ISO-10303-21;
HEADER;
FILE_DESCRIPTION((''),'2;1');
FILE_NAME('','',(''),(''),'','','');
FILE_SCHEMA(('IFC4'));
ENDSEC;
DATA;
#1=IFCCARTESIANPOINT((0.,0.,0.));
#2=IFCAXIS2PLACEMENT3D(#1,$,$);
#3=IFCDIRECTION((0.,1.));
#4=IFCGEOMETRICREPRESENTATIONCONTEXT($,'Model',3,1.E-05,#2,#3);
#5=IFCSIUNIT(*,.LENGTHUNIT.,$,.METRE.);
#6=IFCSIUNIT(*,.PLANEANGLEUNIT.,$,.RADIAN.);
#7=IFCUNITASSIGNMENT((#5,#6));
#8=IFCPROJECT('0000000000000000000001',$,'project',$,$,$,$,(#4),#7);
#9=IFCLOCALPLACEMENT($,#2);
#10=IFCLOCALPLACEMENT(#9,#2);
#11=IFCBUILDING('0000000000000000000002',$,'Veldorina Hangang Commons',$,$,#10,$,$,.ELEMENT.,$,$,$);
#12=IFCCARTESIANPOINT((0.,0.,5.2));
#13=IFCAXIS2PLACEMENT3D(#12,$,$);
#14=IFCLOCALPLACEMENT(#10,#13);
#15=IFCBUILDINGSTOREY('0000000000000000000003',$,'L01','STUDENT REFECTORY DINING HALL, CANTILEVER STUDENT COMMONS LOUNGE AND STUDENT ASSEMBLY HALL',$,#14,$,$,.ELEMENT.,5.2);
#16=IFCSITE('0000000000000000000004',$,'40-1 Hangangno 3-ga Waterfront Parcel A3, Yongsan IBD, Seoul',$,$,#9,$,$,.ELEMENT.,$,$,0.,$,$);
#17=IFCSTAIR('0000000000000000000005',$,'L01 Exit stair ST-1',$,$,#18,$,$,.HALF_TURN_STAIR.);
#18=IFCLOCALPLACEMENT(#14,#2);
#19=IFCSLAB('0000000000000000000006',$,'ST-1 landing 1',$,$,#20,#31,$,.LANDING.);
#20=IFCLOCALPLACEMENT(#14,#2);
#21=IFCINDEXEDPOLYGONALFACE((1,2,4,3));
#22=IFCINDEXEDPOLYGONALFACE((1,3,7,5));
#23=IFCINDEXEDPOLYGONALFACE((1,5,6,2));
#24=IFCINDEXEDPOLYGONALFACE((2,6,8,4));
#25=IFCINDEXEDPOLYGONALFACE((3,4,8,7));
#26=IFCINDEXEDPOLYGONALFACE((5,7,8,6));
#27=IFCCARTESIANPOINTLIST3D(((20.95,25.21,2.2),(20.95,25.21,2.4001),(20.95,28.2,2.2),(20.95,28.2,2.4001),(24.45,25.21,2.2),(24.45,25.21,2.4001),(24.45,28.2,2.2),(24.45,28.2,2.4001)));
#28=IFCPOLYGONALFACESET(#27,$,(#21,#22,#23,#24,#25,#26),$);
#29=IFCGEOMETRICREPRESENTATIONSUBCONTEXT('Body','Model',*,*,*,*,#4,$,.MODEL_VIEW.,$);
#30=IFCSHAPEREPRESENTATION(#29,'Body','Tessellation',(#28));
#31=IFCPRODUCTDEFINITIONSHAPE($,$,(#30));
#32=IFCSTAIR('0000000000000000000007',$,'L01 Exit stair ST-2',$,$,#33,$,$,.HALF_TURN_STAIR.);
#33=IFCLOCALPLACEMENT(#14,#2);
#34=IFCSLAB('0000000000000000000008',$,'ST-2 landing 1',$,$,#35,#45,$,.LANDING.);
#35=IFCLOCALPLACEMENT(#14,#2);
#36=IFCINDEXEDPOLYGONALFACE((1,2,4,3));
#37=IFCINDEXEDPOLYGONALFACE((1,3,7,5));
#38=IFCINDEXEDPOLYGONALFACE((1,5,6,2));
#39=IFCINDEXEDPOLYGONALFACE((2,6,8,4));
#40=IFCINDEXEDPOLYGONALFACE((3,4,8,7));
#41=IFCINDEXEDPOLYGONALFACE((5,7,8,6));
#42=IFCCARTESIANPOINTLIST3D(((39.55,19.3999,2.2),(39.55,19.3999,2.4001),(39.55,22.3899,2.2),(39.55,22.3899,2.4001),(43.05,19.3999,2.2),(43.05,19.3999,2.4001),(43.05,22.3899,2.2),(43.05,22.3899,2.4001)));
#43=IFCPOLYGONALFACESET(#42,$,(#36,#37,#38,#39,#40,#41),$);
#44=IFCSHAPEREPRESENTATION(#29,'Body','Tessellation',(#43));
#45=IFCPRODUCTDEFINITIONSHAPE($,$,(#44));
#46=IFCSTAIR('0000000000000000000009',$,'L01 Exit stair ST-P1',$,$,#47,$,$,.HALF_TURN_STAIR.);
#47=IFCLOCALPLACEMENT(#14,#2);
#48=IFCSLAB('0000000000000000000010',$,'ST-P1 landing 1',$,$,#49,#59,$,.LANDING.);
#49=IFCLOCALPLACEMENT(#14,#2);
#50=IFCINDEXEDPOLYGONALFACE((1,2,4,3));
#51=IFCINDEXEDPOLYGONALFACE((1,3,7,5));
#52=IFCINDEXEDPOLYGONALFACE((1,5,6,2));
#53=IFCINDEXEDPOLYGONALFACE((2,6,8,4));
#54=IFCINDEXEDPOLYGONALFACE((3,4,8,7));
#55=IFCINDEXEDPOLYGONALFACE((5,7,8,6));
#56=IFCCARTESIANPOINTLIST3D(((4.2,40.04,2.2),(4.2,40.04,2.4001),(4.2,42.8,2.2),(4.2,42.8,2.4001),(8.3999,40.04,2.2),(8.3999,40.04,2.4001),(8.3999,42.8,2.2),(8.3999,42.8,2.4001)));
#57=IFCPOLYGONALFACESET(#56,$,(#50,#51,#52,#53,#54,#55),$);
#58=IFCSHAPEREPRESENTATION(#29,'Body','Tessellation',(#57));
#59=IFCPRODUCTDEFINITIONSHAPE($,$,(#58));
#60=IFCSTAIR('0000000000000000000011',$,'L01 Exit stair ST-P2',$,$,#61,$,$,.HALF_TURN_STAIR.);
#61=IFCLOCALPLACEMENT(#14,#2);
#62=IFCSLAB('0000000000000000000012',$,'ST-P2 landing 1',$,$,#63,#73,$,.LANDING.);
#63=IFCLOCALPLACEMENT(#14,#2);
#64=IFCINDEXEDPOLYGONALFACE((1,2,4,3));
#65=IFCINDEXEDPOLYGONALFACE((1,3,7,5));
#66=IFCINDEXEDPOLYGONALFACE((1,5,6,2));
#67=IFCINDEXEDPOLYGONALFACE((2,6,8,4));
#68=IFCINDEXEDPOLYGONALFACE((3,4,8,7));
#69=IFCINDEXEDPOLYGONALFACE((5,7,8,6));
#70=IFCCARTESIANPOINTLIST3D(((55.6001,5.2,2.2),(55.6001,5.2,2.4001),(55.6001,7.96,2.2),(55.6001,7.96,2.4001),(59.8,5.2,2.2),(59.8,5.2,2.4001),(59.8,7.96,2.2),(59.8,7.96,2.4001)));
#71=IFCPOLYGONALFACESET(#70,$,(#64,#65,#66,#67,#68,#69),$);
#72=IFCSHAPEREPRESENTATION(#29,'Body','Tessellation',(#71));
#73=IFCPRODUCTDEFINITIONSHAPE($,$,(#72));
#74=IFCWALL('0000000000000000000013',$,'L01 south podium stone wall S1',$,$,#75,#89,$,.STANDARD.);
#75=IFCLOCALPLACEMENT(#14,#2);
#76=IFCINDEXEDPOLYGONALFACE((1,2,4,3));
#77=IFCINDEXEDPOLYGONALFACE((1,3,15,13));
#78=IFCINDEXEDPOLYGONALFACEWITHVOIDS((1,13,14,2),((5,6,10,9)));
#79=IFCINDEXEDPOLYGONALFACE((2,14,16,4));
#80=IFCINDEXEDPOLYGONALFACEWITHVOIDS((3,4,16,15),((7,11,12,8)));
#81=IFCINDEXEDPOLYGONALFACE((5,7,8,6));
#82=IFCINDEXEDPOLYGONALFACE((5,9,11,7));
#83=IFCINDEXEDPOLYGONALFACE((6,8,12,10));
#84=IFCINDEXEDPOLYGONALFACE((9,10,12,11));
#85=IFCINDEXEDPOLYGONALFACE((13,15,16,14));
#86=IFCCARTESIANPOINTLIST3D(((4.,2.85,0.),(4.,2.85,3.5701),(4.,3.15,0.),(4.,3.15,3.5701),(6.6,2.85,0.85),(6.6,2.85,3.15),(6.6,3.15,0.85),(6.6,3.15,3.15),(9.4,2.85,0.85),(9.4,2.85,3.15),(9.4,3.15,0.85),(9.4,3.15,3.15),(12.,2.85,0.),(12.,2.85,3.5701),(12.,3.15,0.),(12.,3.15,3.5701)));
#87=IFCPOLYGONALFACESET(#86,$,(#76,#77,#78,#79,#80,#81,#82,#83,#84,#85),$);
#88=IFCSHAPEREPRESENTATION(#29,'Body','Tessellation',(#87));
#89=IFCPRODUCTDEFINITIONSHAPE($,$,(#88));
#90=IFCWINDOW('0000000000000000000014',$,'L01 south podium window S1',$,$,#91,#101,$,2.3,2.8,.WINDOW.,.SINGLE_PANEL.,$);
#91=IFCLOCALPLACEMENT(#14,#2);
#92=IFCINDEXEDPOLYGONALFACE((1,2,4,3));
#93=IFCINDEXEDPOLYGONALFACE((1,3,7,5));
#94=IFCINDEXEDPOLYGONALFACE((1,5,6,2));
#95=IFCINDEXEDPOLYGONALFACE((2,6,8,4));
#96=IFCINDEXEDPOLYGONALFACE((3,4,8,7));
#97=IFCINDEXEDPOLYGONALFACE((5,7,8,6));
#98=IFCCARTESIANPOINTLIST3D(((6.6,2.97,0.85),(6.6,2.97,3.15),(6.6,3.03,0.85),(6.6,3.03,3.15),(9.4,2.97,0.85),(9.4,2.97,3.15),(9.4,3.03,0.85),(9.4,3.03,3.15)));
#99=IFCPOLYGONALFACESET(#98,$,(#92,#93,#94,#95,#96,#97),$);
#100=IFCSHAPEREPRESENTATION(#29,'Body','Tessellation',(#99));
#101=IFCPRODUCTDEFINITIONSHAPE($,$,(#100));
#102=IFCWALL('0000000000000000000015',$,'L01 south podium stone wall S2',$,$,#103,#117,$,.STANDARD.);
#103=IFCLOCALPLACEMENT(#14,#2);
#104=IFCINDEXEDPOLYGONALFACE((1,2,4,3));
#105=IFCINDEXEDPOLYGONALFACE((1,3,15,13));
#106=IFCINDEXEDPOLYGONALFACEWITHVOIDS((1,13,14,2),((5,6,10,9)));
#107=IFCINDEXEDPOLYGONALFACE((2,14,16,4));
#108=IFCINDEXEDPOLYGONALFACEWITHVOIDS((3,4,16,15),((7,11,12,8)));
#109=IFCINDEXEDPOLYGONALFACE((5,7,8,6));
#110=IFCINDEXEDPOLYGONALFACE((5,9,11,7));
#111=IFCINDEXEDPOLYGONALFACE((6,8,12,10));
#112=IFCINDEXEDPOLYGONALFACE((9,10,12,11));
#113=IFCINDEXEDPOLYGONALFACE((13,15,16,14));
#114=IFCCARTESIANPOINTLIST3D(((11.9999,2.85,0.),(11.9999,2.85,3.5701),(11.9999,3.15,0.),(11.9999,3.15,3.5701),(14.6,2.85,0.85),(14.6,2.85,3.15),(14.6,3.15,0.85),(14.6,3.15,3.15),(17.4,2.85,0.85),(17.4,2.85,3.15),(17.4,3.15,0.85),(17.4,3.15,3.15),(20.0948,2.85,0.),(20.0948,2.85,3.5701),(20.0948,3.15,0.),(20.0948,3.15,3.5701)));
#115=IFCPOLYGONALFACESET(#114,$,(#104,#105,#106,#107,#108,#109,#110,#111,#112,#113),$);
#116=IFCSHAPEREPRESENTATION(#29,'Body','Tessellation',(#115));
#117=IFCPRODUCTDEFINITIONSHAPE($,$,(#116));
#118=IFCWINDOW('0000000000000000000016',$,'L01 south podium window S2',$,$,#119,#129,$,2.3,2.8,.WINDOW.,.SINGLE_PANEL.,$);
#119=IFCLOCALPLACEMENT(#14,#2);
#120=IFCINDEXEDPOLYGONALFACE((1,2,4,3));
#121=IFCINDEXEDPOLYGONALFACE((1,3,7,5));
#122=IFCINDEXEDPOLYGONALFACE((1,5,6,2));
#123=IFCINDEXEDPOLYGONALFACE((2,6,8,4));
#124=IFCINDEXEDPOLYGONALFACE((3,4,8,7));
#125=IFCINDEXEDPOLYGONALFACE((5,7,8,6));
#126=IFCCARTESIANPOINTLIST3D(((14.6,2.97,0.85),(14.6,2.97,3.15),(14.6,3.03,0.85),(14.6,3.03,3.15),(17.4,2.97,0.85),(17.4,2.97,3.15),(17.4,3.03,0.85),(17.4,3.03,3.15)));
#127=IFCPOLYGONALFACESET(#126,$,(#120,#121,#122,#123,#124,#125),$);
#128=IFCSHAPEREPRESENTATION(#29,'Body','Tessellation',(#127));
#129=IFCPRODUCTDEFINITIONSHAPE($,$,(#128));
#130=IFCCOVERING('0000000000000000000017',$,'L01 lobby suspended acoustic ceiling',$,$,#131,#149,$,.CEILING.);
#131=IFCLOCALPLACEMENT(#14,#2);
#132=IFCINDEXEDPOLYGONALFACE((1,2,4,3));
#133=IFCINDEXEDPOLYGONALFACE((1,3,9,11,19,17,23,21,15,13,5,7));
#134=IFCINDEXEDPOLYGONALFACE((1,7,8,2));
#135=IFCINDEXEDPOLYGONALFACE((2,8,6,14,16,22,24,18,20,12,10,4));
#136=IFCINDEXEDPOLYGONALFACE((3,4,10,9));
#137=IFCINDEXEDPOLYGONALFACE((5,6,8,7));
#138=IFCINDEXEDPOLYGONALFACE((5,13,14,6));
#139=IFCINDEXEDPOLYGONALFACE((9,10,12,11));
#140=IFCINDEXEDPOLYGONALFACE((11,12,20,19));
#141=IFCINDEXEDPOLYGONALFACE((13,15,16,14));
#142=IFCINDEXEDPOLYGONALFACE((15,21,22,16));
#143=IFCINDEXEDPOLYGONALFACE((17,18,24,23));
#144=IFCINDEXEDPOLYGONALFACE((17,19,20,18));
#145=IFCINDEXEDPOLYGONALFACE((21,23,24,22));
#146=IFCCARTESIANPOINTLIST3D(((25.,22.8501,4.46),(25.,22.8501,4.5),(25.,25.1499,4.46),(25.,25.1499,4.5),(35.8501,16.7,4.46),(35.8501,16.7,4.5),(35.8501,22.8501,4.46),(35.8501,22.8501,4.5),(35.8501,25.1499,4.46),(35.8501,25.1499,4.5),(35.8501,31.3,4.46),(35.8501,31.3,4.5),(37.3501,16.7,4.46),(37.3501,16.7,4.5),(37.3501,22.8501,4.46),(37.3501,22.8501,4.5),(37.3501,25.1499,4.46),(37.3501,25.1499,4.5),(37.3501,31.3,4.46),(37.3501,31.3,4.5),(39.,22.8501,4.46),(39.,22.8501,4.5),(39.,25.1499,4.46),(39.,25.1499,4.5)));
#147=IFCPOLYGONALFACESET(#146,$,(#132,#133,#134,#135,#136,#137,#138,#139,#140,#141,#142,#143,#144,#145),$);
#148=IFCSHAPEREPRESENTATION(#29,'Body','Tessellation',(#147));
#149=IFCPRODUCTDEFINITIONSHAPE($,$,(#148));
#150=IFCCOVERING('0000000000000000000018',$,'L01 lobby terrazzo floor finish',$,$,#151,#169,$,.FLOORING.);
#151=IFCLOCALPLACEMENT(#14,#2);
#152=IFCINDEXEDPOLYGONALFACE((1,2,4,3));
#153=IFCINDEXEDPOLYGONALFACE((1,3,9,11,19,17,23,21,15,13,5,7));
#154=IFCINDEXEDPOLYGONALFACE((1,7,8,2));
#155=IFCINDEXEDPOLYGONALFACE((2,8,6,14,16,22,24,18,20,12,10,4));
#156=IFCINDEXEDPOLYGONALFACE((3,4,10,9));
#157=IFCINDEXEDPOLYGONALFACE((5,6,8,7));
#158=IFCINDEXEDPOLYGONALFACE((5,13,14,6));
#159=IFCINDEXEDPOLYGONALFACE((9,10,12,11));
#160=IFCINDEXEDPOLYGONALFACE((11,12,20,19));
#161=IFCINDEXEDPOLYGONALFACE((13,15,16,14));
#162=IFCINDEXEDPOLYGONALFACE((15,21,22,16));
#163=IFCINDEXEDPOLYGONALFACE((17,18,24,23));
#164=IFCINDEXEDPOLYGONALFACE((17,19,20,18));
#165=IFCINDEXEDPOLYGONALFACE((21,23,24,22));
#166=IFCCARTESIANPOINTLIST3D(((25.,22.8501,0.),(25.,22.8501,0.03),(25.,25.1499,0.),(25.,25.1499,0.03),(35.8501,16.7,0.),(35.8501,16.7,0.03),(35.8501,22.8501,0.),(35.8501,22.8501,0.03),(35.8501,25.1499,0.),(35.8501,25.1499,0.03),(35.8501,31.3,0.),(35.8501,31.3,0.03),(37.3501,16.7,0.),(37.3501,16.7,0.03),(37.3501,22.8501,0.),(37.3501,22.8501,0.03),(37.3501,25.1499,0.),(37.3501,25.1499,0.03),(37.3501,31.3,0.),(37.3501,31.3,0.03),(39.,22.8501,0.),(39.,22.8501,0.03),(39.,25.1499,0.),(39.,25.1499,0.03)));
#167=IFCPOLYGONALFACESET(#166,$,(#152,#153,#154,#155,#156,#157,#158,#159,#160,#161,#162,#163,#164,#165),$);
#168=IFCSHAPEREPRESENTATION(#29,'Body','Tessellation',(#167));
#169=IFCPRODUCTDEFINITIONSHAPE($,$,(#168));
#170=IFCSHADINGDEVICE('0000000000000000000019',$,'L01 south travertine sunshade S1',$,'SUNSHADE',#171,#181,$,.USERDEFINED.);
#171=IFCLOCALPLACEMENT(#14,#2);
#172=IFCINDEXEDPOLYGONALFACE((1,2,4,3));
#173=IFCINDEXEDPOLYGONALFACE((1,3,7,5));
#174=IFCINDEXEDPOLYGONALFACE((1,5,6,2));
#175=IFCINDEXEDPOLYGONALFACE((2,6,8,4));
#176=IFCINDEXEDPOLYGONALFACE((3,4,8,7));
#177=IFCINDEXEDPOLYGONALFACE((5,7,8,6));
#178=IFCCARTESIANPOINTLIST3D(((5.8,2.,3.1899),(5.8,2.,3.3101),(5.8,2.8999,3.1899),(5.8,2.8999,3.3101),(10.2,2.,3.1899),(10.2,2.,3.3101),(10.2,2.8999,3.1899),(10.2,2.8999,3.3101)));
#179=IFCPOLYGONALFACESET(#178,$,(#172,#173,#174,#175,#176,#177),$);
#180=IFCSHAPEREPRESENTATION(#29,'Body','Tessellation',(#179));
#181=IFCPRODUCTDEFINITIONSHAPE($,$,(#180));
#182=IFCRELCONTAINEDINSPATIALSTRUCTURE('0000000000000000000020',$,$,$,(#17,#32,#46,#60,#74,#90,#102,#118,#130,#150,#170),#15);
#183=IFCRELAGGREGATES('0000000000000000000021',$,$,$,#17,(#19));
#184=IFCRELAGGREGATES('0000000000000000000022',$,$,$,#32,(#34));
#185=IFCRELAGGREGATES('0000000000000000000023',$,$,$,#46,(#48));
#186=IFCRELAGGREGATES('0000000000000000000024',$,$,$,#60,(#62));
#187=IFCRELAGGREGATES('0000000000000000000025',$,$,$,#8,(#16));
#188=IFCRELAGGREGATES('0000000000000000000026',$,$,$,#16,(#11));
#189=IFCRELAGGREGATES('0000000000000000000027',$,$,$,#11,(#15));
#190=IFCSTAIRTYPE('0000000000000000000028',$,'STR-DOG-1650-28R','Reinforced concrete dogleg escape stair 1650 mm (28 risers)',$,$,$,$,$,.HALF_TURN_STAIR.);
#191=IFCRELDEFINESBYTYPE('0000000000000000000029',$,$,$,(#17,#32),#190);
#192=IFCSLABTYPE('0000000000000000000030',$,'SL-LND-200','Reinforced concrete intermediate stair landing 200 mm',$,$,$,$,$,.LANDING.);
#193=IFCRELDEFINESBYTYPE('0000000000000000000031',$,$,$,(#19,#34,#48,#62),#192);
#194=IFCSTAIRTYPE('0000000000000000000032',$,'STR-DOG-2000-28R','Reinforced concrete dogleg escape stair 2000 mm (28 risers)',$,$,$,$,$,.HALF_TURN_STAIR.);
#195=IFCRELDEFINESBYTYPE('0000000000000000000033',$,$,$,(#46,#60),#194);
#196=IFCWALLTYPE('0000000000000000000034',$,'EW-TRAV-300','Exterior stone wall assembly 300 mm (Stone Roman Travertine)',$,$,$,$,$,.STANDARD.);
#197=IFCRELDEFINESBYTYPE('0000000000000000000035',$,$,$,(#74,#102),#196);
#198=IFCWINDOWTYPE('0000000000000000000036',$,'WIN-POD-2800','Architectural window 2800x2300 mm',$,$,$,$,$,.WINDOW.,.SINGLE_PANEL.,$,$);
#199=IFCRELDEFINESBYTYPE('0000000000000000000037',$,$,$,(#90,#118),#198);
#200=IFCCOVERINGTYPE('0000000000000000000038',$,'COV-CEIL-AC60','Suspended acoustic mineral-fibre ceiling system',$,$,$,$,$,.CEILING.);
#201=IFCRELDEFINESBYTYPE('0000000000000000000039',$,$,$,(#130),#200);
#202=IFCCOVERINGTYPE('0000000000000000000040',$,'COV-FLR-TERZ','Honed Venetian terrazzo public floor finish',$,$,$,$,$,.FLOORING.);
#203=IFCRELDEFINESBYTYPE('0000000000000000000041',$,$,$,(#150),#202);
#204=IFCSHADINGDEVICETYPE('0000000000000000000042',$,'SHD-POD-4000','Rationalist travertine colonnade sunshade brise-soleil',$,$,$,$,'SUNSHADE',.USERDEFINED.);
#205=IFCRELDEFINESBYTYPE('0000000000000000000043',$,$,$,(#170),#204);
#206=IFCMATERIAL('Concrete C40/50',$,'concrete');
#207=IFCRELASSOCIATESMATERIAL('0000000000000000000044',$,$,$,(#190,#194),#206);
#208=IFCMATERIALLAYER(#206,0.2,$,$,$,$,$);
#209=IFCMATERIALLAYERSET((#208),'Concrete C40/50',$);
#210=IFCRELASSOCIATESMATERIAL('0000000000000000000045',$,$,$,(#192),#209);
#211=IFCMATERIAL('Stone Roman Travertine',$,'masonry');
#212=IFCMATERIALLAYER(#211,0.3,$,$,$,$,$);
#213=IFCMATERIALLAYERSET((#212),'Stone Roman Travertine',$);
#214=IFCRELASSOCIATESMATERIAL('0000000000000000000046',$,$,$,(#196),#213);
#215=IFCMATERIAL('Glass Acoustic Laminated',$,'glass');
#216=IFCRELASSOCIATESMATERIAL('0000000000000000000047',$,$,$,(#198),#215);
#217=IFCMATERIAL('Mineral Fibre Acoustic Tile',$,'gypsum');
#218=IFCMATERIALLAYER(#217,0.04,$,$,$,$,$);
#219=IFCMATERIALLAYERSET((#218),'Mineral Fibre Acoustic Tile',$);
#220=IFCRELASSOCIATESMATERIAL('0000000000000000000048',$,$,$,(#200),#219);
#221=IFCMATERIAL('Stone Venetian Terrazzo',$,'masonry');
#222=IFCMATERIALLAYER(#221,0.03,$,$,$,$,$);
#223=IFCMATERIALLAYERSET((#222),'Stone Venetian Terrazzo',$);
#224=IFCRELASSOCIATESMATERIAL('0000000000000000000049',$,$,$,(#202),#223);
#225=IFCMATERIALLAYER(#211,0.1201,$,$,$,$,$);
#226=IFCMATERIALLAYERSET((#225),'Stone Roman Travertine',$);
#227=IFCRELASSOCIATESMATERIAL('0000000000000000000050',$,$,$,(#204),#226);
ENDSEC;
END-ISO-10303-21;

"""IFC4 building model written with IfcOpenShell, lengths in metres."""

from ifc_helpers import new_model, si_unit, direction, frame, frame_2d, origin, origin_2d, place, context, subcontext, project, spatial, polyline, rectangle, outline, extrude, material, layer, layer_set, type_object, element, fill, aggregate, save


model = new_model("IFC4")

# Units and contexts
model_context = context("Model", 3, precision=1e-05, world=origin(), true_north=direction((0.0, 1.0)))
body_context = subcontext(model_context, "Body", "Model", "MODEL_VIEW")
ifc_project = project(units=[si_unit("LENGTHUNIT", "METRE"), si_unit("PLANEANGLEUNIT", "RADIAN")], contexts=[model_context])

# Site, building, storey
site_placement = place(None, origin())
site = spatial("IfcSite", under=ifc_project, at=site_placement, Name="40-1 Hangangno 3-ga Waterfront Parcel A3, Yongsan IBD, Seoul", CompositionType="ELEMENT", RefElevation=0.0)
building_placement = place(site_placement, origin())
building = spatial("IfcBuilding", under=site, at=building_placement, Name="Veldorina Hangang Commons", CompositionType="ELEMENT")
storey_placement = place(building_placement, frame((0.0, 0.0, 5.2)))
storey = spatial("IfcBuildingStorey", under=building, at=storey_placement, Name="L01", Description="STUDENT REFECTORY DINING HALL, CANTILEVER STUDENT COMMONS LOUNGE AND STUDENT ASSEMBLY HALL", CompositionType="ELEMENT", Elevation=5.2)

# Stairs, slabs
ifc_material_1 = material(Name="Concrete C40/50", Category="concrete")
stair_type_1 = type_object("IfcStairType", Name="STR-DOG-1650-28R", Description="Reinforced concrete dogleg escape stair 1650 mm (28 risers)", PredefinedType="HALF_TURN_STAIR", material=ifc_material_1)
stair_1_placement = place(storey_placement, origin())
stair_1 = element("IfcStair", 1, at=stair_1_placement, inside=storey, type_object=stair_type_1, Name="L01 Exit stair ST-1", PredefinedType="HALF_TURN_STAIR")
ifc_layer_1 = layer(ifc_material_1, 0.2)
ifc_layer_set_1 = layer_set([ifc_layer_1], Name="Concrete C40/50")
slab_type_1 = type_object("IfcSlabType", Name="SL-LND-200", Description="Reinforced concrete intermediate stair landing 200 mm", PredefinedType="LANDING", material=ifc_layer_set_1)
slab_1_placement = place(storey_placement, frame((0.0, 0.0, 2.2)))
slab_1 = element("IfcSlab", 2, at=slab_1_placement, type_object=slab_type_1, Name="ST-1 landing 1", PredefinedType="LANDING", context=body_context, shape_type="SweptSolid", body=[
    extrude(outline(polyline([(24.45, 25.21), (24.45, 28.2), (20.95, 28.2), (20.95, 25.21), (24.45, 25.21)])), origin(), (0.0, 0.0, 1.0), 0.2002),
])
aggregate(stair_1, [slab_1])
stair_2_placement = place(storey_placement, origin())
stair_2 = element("IfcStair", 3, at=stair_2_placement, inside=storey, type_object=stair_type_1, Name="L01 Exit stair ST-2", PredefinedType="HALF_TURN_STAIR")
slab_2_placement = place(storey_placement, frame((0.0, 0.0, 2.2)))
slab_2 = element("IfcSlab", 4, at=slab_2_placement, type_object=slab_type_1, Name="ST-2 landing 1", PredefinedType="LANDING", context=body_context, shape_type="SweptSolid", body=[
    extrude(outline(polyline([(39.55, 22.3899), (39.55, 19.3999), (43.05, 19.3999), (43.05, 22.3899), (39.55, 22.3899)])), origin(), (0.0, 0.0, 1.0), 0.2002),
])
aggregate(stair_2, [slab_2])
stair_type_2 = type_object("IfcStairType", Name="STR-DOG-2000-28R", Description="Reinforced concrete dogleg escape stair 2000 mm (28 risers)", PredefinedType="HALF_TURN_STAIR", material=ifc_material_1)
stair_3_placement = place(storey_placement, origin())
stair_3 = element("IfcStair", 5, at=stair_3_placement, inside=storey, type_object=stair_type_2, Name="L01 Exit stair ST-P1", PredefinedType="HALF_TURN_STAIR")
slab_3_placement = place(storey_placement, frame((0.0, 0.0, 2.2)))
slab_3 = element("IfcSlab", 6, at=slab_3_placement, type_object=slab_type_1, Name="ST-P1 landing 1", PredefinedType="LANDING", context=body_context, shape_type="SweptSolid", body=[
    extrude(outline(polyline([(8.3999, 40.04), (8.3999, 42.8), (4.2, 42.8), (4.2, 40.04), (8.3999, 40.04)])), origin(), (0.0, 0.0, 1.0), 0.2002),
])
aggregate(stair_3, [slab_3])
stair_4_placement = place(storey_placement, origin())
stair_4 = element("IfcStair", 7, at=stair_4_placement, inside=storey, type_object=stair_type_2, Name="L01 Exit stair ST-P2", PredefinedType="HALF_TURN_STAIR")
slab_4_placement = place(storey_placement, frame((0.0, 0.0, 2.2)))
slab_4 = element("IfcSlab", 8, at=slab_4_placement, type_object=slab_type_1, Name="ST-P2 landing 1", PredefinedType="LANDING", context=body_context, shape_type="SweptSolid", body=[
    extrude(outline(polyline([(55.6001, 7.96), (55.6001, 5.2), (59.8, 5.2), (59.8, 7.96), (55.6001, 7.96)])), origin(), (0.0, 0.0, 1.0), 0.2002),
])
aggregate(stair_4, [slab_4])

# Walls, openings, windows
ifc_material_2 = material(Name="Stone Roman Travertine", Category="masonry")
ifc_layer_2 = layer(ifc_material_2, 0.3)
ifc_layer_set_2 = layer_set([ifc_layer_2], Name="Stone Roman Travertine")
wall_type = type_object("IfcWallType", Name="EW-TRAV-300", Description="Exterior stone wall assembly 300 mm (Stone Roman Travertine)", PredefinedType="STANDARD", material=ifc_layer_set_2)
wall_1_placement = place(storey_placement, frame((4.0, 3.0, 0.0), z_axis=(0.0, 0.0, 1.0), x_axis=(1.0, 0.0, 0.0)))
wall_1 = element("IfcWall", 9, at=wall_1_placement, inside=storey, type_object=wall_type, Name="L01 south podium stone wall S1", PredefinedType="STANDARD", context=body_context, shape_type="SweptSolid", body=[
    extrude(rectangle(XDim=8.0, YDim=0.3, at=frame_2d((4.0, 0.0))), origin(), (0.0, 0.0, 1.0), 3.5701),
])
opening_1_placement = place(wall_1_placement, frame((2.6001, 0.0, 0.8501)))
opening_1 = element("IfcOpeningElement", 10, at=opening_1_placement, cuts=wall_1, PredefinedType="OPENING", context=body_context, shape_type="SweptSolid", body=[
    extrude(rectangle(XDim=2.8, YDim=2.3, at=frame_2d((1.3999, 1.1499))), frame((0.0, 0.1602, 0.0), z_axis=(0.0, -1.0, 0.0), x_axis=(1.0, 0.0, 0.0)), (0.0, 0.0, 1.0), 0.3201),
])
ifc_material_3 = material(Name="Glass Acoustic Laminated", Category="glass")
window_type = type_object("IfcWindowType", Name="WIN-POD-2800", Description="Architectural window 2800x2300 mm", PartitioningType="SINGLE_PANEL", PredefinedType="WINDOW", material=ifc_material_3)
window_1_placement = place(opening_1_placement, origin())
window_1 = element("IfcWindow", 11, at=window_1_placement, inside=storey, type_object=window_type, Name="L01 south podium window S1", OverallHeight=2.3, OverallWidth=2.8, PartitioningType="SINGLE_PANEL", PredefinedType="WINDOW", context=body_context, shape_type="SweptSolid", body=[
    extrude(rectangle(XDim=2.8, YDim=2.3, at=frame_2d((1.3999, 1.1499))), frame((0.0, 0.03, 0.0), z_axis=(0.0, -1.0, 0.0), x_axis=(1.0, 0.0, 0.0)), (0.0, 0.0, 1.0), 0.0601),
])
fill(opening_1, window_1)
wall_2_placement = place(storey_placement, frame((12.0, 3.0, 0.0), z_axis=(0.0, 0.0, 1.0), x_axis=(1.0, 0.0, 0.0)))
wall_2 = element("IfcWall", 12, at=wall_2_placement, inside=storey, type_object=wall_type, Name="L01 south podium stone wall S2", PredefinedType="STANDARD", context=body_context, shape_type="SweptSolid", body=[
    extrude(rectangle(XDim=8.095, YDim=0.3, at=frame_2d((4.0474, 0.0))), origin(), (0.0, 0.0, 1.0), 3.5701),
])
opening_2_placement = place(wall_2_placement, frame((2.6001, 0.0, 0.8501)))
opening_2 = element("IfcOpeningElement", 13, at=opening_2_placement, cuts=wall_2, PredefinedType="OPENING", context=body_context, shape_type="SweptSolid", body=[
    extrude(rectangle(XDim=2.8, YDim=2.3, at=frame_2d((1.3999, 1.1499))), frame((0.0, 0.1602, 0.0), z_axis=(0.0, -1.0, 0.0), x_axis=(1.0, 0.0, 0.0)), (0.0, 0.0, 1.0), 0.3201),
])
window_2_placement = place(opening_2_placement, origin())
window_2 = element("IfcWindow", 14, at=window_2_placement, inside=storey, type_object=window_type, Name="L01 south podium window S2", OverallHeight=2.3, OverallWidth=2.8, PartitioningType="SINGLE_PANEL", PredefinedType="WINDOW", context=body_context, shape_type="SweptSolid", body=[
    extrude(rectangle(XDim=2.8, YDim=2.3, at=frame_2d((1.3999, 1.1499))), frame((0.0, 0.03, 0.0), z_axis=(0.0, -1.0, 0.0), x_axis=(1.0, 0.0, 0.0)), (0.0, 0.0, 1.0), 0.0601),
])
fill(opening_2, window_2)

# Coverings
ifc_material_4 = material(Name="Mineral Fibre Acoustic Tile", Category="gypsum")
ifc_layer_3 = layer(ifc_material_4, 0.04)
ifc_layer_set_3 = layer_set([ifc_layer_3], Name="Mineral Fibre Acoustic Tile")
covering_type_1 = type_object("IfcCoveringType", Name="COV-CEIL-AC60", Description="Suspended acoustic mineral-fibre ceiling system", PredefinedType="CEILING", material=ifc_layer_set_3)
covering_1_placement = place(storey_placement, frame((0.0, 0.0, 4.46)))
element("IfcCovering", 15, at=covering_1_placement, inside=storey, type_object=covering_type_1, Name="L01 lobby suspended acoustic ceiling", PredefinedType="CEILING", context=body_context, shape_type="SweptSolid", body=[
    extrude(outline(polyline([(25.0, 22.8501), (35.8501, 22.8501), (35.8501, 16.7), (37.3501, 16.7), (37.3501, 22.8501), (39.0, 22.8501), (39.0, 25.1499), (37.3501, 25.1499), (37.3501, 31.3), (35.8501, 31.3), (35.8501, 25.1499), (25.0, 25.1499), (25.0, 22.8501)])), origin(), (0.0, 0.0, 1.0), 0.04),
])
ifc_material_5 = material(Name="Stone Venetian Terrazzo", Category="masonry")
ifc_layer_4 = layer(ifc_material_5, 0.03)
ifc_layer_set_4 = layer_set([ifc_layer_4], Name="Stone Venetian Terrazzo")
covering_type_2 = type_object("IfcCoveringType", Name="COV-FLR-TERZ", Description="Honed Venetian terrazzo public floor finish", PredefinedType="FLOORING", material=ifc_layer_set_4)
covering_2_placement = place(storey_placement, origin())
element("IfcCovering", 16, at=covering_2_placement, inside=storey, type_object=covering_type_2, Name="L01 lobby terrazzo floor finish", PredefinedType="FLOORING", context=body_context, shape_type="SweptSolid", body=[
    extrude(outline(polyline([(25.0, 22.8501), (35.8501, 22.8501), (35.8501, 16.7), (37.3501, 16.7), (37.3501, 22.8501), (39.0, 22.8501), (39.0, 25.1499), (37.3501, 25.1499), (37.3501, 31.3), (35.8501, 31.3), (35.8501, 25.1499), (25.0, 25.1499), (25.0, 22.8501)])), origin(), (0.0, 0.0, 1.0), 0.03),
])

# Shading device
ifc_layer_5 = layer(ifc_material_2, 0.1201)
ifc_layer_set_5 = layer_set([ifc_layer_5], Name="Stone Roman Travertine")
shading_device_type = type_object("IfcShadingDeviceType", Name="SHD-POD-4000", Description="Rationalist travertine colonnade sunshade brise-soleil", ElementType="SUNSHADE", PredefinedType="USERDEFINED", material=ifc_layer_set_5)
for number, where, z_axis, x_axis, name in (
    (17, (8.0, 2.45, 3.1899), (0.0, 0.0, 1.0), (1.0, 0.0, 0.0), "L01 south travertine sunshade S1"),
):
    element("IfcShadingDevice", number, at=place(storey_placement, frame(where, z_axis=z_axis, x_axis=x_axis)), inside=storey, type_object=shading_device_type, Name=name, ObjectType="SUNSHADE", PredefinedType="USERDEFINED", context=body_context, shape_type="SweptSolid", body=[
        extrude(rectangle(XDim=4.3999, YDim=0.8999, at=origin_2d()), origin(), (0.0, 0.0, 1.0), 0.1201),
    ])

save(model, "model.ifc")
